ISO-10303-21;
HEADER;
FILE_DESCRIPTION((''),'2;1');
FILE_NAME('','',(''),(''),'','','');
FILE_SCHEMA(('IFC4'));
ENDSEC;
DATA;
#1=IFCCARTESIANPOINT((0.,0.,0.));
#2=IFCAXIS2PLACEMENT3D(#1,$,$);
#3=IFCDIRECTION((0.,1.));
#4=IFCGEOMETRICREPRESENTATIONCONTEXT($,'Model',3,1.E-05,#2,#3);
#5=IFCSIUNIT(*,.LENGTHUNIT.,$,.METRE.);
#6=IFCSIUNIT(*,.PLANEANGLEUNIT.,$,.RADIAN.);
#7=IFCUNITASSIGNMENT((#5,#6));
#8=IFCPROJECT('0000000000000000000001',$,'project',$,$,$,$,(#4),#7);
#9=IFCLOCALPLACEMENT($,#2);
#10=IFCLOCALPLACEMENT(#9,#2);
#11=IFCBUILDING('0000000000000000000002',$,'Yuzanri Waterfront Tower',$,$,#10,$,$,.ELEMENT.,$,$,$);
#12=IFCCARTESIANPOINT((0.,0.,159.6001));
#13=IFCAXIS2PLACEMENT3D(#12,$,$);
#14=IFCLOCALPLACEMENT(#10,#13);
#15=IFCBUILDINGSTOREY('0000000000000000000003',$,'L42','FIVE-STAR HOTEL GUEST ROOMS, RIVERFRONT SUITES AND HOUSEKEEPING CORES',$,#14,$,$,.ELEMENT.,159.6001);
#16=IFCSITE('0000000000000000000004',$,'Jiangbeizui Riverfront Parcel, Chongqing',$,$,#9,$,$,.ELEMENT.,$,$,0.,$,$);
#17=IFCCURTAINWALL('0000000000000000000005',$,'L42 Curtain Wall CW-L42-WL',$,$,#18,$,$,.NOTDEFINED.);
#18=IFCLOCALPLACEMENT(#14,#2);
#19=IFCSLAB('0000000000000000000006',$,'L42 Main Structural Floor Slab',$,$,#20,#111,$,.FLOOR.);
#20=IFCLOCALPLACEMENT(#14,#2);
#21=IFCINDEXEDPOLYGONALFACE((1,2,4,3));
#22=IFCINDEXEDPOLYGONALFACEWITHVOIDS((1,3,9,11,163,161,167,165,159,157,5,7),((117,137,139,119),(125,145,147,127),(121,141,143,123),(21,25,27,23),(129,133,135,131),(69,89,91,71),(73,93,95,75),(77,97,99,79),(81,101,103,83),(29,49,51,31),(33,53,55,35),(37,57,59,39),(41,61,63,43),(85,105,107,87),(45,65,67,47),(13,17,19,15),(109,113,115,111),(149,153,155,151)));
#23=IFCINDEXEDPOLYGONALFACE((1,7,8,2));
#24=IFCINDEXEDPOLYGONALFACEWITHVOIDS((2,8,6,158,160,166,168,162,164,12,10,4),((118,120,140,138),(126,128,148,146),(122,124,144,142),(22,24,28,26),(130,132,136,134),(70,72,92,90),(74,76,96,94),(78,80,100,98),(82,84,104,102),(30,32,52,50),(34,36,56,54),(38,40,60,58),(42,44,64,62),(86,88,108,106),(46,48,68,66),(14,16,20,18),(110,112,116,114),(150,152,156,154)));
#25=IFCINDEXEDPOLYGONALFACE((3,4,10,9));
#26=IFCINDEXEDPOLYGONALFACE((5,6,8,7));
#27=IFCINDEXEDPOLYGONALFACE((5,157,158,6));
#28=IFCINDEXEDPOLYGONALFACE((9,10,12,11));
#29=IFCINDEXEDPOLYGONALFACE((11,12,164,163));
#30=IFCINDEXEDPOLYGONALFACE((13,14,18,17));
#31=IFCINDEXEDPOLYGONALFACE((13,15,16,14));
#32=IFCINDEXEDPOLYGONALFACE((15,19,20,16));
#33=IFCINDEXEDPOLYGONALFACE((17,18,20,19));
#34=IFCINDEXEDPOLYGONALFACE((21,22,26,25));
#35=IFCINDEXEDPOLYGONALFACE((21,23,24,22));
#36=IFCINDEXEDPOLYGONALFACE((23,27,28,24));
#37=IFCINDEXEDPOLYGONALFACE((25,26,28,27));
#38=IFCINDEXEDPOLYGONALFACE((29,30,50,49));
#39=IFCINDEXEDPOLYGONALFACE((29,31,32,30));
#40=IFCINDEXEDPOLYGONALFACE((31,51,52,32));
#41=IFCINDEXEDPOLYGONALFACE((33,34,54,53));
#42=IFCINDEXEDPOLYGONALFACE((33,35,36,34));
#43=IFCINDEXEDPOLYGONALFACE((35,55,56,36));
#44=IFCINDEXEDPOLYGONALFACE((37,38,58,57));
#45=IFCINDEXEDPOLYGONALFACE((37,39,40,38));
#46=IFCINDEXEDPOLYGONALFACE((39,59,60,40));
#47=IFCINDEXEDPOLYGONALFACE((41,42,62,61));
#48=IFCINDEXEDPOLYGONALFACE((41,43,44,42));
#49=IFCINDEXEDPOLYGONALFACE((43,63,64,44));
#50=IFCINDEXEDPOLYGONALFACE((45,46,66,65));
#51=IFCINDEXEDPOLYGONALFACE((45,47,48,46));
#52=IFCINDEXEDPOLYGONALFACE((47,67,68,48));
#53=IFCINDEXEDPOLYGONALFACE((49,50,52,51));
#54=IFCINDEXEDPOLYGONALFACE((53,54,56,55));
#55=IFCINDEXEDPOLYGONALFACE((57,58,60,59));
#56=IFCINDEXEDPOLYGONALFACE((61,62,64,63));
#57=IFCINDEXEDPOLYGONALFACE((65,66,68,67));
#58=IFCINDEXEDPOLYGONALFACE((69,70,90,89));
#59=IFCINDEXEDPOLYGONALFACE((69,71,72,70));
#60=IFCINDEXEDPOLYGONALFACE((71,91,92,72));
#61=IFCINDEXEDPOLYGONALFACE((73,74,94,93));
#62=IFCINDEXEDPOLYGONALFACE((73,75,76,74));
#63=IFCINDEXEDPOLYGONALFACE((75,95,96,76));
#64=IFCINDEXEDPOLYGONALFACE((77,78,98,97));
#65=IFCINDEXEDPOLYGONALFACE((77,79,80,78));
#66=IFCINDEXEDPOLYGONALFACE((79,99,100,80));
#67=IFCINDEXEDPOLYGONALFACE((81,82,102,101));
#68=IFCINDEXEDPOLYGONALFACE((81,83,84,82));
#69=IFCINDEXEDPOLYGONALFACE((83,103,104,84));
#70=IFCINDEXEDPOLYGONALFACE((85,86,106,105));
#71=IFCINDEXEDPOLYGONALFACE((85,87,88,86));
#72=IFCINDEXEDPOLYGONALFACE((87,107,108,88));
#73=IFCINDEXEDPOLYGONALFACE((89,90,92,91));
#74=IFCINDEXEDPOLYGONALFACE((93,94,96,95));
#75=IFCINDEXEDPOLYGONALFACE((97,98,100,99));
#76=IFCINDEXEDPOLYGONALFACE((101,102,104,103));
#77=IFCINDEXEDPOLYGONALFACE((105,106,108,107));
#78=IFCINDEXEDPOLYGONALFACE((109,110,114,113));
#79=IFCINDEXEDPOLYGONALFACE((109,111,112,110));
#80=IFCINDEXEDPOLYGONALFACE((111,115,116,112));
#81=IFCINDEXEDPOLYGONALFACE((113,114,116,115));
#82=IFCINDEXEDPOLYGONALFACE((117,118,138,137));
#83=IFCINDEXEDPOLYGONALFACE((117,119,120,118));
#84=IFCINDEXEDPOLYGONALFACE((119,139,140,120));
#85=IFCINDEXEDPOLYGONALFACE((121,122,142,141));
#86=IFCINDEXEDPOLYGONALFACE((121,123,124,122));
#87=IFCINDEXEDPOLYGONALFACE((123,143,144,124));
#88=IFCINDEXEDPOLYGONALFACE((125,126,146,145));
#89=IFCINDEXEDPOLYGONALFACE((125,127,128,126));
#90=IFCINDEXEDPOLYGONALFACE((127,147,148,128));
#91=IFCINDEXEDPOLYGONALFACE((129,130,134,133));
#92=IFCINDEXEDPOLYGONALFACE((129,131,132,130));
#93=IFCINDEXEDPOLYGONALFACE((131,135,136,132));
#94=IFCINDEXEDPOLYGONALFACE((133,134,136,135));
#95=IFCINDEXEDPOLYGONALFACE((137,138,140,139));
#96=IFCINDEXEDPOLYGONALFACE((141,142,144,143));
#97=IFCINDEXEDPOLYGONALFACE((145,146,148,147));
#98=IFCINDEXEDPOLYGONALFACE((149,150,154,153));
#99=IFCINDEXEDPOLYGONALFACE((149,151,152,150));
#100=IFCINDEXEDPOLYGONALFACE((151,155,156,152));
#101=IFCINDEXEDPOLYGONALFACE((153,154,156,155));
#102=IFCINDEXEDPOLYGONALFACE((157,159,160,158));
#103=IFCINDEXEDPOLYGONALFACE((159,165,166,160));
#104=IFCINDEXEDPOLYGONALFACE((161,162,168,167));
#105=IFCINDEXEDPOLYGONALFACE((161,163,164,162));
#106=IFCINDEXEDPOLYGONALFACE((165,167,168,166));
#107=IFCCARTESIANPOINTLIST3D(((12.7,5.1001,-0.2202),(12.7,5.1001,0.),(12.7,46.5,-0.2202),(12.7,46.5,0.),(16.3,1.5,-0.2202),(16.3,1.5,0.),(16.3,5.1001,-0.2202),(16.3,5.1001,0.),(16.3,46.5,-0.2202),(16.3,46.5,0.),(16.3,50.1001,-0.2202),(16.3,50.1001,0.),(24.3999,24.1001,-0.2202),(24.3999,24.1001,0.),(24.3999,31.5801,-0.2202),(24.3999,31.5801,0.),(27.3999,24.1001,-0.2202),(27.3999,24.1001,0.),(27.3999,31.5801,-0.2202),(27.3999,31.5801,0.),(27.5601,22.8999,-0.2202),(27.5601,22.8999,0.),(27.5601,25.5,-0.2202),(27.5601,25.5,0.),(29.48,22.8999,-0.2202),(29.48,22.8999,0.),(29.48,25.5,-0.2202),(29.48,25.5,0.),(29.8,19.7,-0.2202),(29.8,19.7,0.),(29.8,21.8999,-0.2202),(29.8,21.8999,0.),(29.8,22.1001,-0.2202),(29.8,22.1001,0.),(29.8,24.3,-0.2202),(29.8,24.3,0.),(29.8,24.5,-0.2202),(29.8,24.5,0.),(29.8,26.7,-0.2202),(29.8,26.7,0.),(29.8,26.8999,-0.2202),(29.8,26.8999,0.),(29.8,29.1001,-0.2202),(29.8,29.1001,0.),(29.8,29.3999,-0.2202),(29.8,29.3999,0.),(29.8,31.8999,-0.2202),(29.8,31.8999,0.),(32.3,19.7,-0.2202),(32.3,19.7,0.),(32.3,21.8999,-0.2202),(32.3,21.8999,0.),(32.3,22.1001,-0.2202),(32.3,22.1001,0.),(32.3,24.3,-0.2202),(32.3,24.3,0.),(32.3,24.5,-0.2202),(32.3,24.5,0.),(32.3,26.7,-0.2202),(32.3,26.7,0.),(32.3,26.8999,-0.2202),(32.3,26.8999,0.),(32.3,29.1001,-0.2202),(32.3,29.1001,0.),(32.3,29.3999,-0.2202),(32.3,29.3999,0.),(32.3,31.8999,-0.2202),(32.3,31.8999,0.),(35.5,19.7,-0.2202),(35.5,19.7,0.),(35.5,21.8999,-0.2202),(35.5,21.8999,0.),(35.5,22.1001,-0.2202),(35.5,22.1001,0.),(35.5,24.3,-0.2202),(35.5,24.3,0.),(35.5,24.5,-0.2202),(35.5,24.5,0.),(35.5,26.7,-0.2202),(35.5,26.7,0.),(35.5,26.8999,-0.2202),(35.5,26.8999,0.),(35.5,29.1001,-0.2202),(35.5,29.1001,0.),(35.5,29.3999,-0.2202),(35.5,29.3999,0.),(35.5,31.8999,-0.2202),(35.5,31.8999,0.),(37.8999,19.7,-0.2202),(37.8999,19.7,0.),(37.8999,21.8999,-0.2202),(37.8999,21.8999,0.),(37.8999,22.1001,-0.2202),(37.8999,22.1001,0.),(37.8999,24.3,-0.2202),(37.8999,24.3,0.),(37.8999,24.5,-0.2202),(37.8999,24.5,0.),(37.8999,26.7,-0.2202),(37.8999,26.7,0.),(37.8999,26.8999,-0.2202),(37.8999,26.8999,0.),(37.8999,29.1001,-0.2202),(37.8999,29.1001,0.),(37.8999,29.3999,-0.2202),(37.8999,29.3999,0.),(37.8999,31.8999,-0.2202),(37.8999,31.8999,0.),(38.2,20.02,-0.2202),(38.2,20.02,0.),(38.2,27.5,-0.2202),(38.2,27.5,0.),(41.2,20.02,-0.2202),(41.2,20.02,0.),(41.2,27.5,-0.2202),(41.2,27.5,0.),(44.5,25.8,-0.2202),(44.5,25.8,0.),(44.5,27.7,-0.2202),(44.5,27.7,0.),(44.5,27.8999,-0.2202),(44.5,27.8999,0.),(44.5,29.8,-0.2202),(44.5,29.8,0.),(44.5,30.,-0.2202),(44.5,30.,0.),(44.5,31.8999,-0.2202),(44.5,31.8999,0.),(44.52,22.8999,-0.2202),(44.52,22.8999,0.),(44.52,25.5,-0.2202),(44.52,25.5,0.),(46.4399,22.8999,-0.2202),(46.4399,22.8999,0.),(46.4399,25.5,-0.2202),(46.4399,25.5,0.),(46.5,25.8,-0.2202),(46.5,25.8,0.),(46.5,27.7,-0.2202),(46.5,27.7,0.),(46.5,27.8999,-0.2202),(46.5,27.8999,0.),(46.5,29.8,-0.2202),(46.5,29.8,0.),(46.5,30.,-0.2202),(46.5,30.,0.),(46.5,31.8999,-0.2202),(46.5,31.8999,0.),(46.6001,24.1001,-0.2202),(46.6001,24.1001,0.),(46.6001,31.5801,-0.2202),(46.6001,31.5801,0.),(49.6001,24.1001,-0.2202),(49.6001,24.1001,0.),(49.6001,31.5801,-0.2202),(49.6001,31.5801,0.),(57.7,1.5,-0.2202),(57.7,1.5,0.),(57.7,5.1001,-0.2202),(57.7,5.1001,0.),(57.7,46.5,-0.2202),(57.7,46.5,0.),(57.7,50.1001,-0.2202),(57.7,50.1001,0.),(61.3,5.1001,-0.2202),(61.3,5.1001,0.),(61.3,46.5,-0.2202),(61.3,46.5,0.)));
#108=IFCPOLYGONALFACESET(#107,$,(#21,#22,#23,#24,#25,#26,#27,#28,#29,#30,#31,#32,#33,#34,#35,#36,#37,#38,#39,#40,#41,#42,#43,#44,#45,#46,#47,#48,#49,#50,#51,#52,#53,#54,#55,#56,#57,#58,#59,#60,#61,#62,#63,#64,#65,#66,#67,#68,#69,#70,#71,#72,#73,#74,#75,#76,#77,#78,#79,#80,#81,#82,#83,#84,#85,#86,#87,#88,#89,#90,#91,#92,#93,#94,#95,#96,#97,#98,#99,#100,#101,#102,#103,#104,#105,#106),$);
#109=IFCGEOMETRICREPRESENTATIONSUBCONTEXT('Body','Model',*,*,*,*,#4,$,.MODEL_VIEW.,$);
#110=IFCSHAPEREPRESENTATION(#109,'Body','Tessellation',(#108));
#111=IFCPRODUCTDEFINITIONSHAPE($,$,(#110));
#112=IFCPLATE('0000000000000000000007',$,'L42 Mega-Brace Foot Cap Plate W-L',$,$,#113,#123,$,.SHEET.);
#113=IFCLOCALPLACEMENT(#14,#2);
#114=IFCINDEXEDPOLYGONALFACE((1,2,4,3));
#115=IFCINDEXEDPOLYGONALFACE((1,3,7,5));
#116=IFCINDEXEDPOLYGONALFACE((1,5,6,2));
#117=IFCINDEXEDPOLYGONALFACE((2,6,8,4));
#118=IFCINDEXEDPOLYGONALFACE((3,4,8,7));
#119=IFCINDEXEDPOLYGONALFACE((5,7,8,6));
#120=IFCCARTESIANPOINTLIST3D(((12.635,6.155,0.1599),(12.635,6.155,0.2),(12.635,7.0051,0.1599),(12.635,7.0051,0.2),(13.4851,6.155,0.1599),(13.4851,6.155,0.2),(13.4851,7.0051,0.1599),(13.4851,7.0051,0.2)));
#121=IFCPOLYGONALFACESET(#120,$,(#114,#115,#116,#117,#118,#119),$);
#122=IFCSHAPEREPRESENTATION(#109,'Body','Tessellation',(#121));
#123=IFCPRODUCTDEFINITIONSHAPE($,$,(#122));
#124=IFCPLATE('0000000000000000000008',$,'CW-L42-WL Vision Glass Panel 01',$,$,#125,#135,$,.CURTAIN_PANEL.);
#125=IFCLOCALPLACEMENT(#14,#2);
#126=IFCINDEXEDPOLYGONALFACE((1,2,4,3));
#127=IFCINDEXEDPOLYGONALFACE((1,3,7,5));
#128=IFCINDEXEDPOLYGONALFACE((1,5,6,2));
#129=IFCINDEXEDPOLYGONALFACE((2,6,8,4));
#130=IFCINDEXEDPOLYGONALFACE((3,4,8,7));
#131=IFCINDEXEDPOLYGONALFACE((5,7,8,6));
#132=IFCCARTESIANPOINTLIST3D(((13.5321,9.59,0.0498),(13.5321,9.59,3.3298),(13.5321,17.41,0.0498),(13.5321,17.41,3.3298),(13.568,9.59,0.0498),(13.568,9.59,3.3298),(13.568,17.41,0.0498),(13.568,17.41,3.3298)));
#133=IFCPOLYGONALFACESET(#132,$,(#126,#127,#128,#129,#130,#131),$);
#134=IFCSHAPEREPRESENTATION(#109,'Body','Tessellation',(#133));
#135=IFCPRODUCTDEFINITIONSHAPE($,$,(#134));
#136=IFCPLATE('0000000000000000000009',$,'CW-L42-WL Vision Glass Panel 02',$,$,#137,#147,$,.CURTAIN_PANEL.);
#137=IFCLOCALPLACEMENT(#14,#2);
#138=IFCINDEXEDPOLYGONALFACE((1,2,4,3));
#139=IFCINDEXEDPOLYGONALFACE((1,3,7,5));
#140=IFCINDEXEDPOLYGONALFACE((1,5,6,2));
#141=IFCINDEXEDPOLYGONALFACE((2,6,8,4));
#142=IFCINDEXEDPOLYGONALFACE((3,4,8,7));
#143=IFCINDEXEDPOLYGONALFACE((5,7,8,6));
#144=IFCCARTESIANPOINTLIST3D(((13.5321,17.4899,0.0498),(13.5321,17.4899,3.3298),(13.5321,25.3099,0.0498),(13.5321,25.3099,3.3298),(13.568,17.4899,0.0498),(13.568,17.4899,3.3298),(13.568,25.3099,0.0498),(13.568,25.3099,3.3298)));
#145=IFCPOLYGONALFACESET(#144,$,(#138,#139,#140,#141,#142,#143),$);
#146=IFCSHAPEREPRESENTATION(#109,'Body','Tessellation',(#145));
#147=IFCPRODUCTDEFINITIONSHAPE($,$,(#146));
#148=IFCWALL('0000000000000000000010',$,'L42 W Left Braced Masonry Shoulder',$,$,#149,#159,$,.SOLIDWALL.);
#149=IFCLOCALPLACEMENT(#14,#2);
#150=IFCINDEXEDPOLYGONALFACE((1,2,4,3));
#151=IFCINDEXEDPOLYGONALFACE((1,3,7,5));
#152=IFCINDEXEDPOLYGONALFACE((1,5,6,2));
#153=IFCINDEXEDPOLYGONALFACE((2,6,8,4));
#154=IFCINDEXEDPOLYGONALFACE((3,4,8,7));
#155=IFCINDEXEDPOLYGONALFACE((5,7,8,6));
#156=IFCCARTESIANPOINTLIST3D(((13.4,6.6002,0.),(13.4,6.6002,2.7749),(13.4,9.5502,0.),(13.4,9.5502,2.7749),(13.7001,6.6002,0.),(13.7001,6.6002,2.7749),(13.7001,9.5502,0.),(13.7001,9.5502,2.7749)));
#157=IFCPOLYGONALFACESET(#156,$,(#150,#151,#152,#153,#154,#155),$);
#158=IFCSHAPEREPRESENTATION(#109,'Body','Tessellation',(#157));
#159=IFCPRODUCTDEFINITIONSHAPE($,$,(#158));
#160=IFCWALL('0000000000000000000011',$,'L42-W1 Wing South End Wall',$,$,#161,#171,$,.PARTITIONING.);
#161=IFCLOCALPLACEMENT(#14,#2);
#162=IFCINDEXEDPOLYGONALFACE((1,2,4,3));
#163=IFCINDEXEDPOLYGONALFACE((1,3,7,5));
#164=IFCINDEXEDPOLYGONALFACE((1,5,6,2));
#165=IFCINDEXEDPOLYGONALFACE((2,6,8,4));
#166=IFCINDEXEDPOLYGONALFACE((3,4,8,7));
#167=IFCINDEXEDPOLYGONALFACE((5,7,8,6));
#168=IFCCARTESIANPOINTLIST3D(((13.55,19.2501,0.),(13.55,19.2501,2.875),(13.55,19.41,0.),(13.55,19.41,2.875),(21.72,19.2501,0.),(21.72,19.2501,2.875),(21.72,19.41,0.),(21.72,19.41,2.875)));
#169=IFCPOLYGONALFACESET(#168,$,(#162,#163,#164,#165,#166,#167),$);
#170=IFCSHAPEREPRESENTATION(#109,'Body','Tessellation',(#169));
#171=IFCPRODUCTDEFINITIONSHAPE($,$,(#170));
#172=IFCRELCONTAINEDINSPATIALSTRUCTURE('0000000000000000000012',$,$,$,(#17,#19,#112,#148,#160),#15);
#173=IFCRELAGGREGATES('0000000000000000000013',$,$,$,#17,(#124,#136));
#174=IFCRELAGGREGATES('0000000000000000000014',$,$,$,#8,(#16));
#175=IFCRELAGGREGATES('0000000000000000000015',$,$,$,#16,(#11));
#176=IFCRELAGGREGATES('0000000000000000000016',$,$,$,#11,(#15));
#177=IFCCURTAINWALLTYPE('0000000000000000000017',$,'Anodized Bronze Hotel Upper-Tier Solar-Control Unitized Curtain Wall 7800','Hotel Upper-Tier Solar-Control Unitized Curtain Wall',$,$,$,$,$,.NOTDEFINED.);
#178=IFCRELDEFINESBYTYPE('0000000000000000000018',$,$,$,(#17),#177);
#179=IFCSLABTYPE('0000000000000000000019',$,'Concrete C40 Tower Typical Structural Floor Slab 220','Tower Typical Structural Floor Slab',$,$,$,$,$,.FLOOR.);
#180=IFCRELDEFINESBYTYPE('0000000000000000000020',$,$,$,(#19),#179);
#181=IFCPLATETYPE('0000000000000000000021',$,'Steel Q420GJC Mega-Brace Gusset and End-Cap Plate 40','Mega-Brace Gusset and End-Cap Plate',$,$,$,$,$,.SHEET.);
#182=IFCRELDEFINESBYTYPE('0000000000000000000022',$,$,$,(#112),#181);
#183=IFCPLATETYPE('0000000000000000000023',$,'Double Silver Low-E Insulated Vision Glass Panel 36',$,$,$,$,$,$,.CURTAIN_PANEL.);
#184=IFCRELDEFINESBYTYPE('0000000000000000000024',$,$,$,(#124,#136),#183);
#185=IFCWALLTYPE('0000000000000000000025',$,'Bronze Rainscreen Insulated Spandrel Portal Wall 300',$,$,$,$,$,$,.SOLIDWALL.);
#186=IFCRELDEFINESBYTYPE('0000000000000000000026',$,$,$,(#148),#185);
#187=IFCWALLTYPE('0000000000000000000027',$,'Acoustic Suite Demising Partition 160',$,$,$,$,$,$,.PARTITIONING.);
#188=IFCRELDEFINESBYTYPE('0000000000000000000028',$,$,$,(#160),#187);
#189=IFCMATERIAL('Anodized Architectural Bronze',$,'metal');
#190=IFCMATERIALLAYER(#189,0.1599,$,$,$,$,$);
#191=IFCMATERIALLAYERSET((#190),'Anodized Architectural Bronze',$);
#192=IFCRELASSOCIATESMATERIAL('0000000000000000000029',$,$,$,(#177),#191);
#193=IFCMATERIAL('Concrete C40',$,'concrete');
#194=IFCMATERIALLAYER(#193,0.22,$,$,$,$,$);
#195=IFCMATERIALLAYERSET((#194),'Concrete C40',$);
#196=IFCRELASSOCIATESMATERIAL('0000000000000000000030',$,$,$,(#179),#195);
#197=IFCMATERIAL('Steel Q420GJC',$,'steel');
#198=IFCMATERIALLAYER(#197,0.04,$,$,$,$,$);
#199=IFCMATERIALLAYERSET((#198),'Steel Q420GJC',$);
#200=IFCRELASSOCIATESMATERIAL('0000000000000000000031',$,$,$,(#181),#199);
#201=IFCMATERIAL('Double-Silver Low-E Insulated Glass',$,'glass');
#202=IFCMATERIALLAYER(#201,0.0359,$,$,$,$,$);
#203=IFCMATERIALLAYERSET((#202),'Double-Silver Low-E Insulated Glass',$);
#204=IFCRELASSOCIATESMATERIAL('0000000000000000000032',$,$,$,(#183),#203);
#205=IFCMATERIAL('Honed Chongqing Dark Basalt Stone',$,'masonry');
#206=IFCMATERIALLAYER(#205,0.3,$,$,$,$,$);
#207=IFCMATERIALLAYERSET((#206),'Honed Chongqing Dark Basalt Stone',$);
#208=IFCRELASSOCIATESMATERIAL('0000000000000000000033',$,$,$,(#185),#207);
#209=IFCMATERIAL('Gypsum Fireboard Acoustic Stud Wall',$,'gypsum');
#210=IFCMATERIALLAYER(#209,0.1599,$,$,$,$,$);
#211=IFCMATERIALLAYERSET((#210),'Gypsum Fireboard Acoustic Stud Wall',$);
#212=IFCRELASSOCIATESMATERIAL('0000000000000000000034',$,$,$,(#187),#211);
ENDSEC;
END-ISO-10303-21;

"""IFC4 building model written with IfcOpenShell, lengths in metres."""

from ifc_helpers import new_model, si_unit, direction, frame, frame_2d, origin, origin_2d, place, context, subcontext, project, spatial, polyline, rectangle, outline, extrude, source, transform, mapped, material, layer, layer_set, type_object, element, aggregate, save


model = new_model("IFC4")

# Units and contexts
model_context = context("Model", 3, precision=1e-05, world=origin(), true_north=direction((0.0, 1.0)))
body_context = subcontext(model_context, "Body", "Model", "MODEL_VIEW")
ifc_project = project(units=[si_unit("LENGTHUNIT", "METRE"), si_unit("PLANEANGLEUNIT", "RADIAN")], contexts=[model_context])

# Site, building, storey
site_placement = place(None, origin())
site = spatial("IfcSite", under=ifc_project, at=site_placement, Name="Jiangbeizui Riverfront Parcel, Chongqing", CompositionType="ELEMENT", RefElevation=0.0)
building_placement = place(site_placement, origin())
building = spatial("IfcBuilding", under=site, at=building_placement, Name="Yuzanri Waterfront Tower", CompositionType="ELEMENT")
storey_placement = place(building_placement, frame((0.0, 0.0, 159.6001)))
storey = spatial("IfcBuildingStorey", under=building, at=storey_placement, Name="L42", Description="FIVE-STAR HOTEL GUEST ROOMS, RIVERFRONT SUITES AND HOUSEKEEPING CORES", CompositionType="ELEMENT", Elevation=159.6001)

# Curtain wall
ifc_material_1 = material(Name="Anodized Architectural Bronze", Category="metal")
ifc_layer_1 = layer(ifc_material_1, 0.1599)
ifc_layer_set_1 = layer_set([ifc_layer_1], Name="Anodized Architectural Bronze")
curtain_wall_type = type_object("IfcCurtainWallType", Name="Anodized Bronze Hotel Upper-Tier Solar-Control Unitized Curtain Wall 7800", Description="Hotel Upper-Tier Solar-Control Unitized Curtain Wall", PredefinedType="NOTDEFINED", material=ifc_layer_set_1)
curtain_wall_placement = place(storey_placement, origin())
curtain_wall = element("IfcCurtainWall", 1, at=curtain_wall_placement, inside=storey, type_object=curtain_wall_type, Name="L42 Curtain Wall CW-L42-WL", PredefinedType="NOTDEFINED")

# Slab
ifc_material_2 = material(Name="Concrete C40", Category="concrete")
ifc_layer_2 = layer(ifc_material_2, 0.22)
ifc_layer_set_2 = layer_set([ifc_layer_2], Name="Concrete C40")
slab_type_1 = type_object("IfcSlabType", Name="Concrete C40 Tower Typical Structural Floor Slab 220", Description="Tower Typical Structural Floor Slab", PredefinedType="FLOOR", material=ifc_layer_set_2)
slab_1_placement = place(storey_placement, frame((0.0, 0.0, -0.2202)))
element("IfcSlab", 2, at=slab_1_placement, inside=storey, type_object=slab_type_1, Name="L42 Main Structural Floor Slab", PredefinedType="FLOOR", context=body_context, shape_type="SweptSolid", body=[
    extrude(outline(polyline([(16.3, 1.5), (57.7, 1.5), (57.7, 5.1001), (61.3, 5.1001), (61.3, 46.5), (57.7, 46.5), (57.7, 50.1001), (16.3, 50.1001), (16.3, 46.5), (12.7, 46.5), (12.7, 5.1001), (16.3, 5.1001), (16.3, 1.5)]), holes=[polyline([(27.3999, 24.1001), (27.3999, 31.5801), (24.3999, 31.5801), (24.3999, 24.1001), (27.3999, 24.1001)]), polyline([(49.6001, 24.1001), (49.6001, 31.5801), (46.6001, 31.5801), (46.6001, 24.1001), (49.6001, 24.1001)]), polyline([(38.2, 27.5), (38.2, 20.02), (41.2, 20.02), (41.2, 27.5), (38.2, 27.5)]), polyline([(27.5601, 22.8999), (29.48, 22.8999), (29.48, 25.5), (27.5601, 25.5), (27.5601, 22.8999)]), polyline([(44.52, 22.8999), (46.4399, 22.8999), (46.4399, 25.5), (44.52, 25.5), (44.52, 22.8999)]), polyline([(29.8, 19.7), (32.3, 19.7), (32.3, 21.8999), (29.8, 21.8999), (29.8, 19.7)]), polyline([(29.8, 22.1001), (32.3, 22.1001), (32.3, 24.3), (29.8, 24.3), (29.8, 22.1001)]), polyline([(29.8, 24.5), (32.3, 24.5), (32.3, 26.7), (29.8, 26.7), (29.8, 24.5)]), polyline([(29.8, 26.8999), (32.3, 26.8999), (32.3, 29.1001), (29.8, 29.1001), (29.8, 26.8999)]), polyline([(29.8, 29.3999), (32.3, 29.3999), (32.3, 31.8999), (29.8, 31.8999), (29.8, 29.3999)]), polyline([(35.5, 19.7), (37.8999, 19.7), (37.8999, 21.8999), (35.5, 21.8999), (35.5, 19.7)]), polyline([(35.5, 22.1001), (37.8999, 22.1001), (37.8999, 24.3), (35.5, 24.3), (35.5, 22.1001)]), polyline([(35.5, 24.5), (37.8999, 24.5), (37.8999, 26.7), (35.5, 26.7), (35.5, 24.5)]), polyline([(35.5, 26.8999), (37.8999, 26.8999), (37.8999, 29.1001), (35.5, 29.1001), (35.5, 26.8999)]), polyline([(35.5, 29.3999), (37.8999, 29.3999), (37.8999, 31.8999), (35.5, 31.8999), (35.5, 29.3999)]), polyline([(44.5, 25.8), (46.5, 25.8), (46.5, 27.7), (44.5, 27.7), (44.5, 25.8)]), polyline([(44.5, 27.8999), (46.5, 27.8999), (46.5, 29.8), (44.5, 29.8), (44.5, 27.8999)]), polyline([(44.5, 30.0), (46.5, 30.0), (46.5, 31.8999), (44.5, 31.8999), (44.5, 30.0)])]), origin(), (0.0, 0.0, 1.0), 0.2202),
])

# Plates
ifc_material_3 = material(Name="Steel Q420GJC", Category="steel")
ifc_layer_3 = layer(ifc_material_3, 0.04)
ifc_layer_set_3 = layer_set([ifc_layer_3], Name="Steel Q420GJC")
plate_type_1 = type_object("IfcPlateType", Name="Steel Q420GJC Mega-Brace Gusset and End-Cap Plate 40", Description="Mega-Brace Gusset and End-Cap Plate", PredefinedType="SHEET", material=ifc_layer_set_3)
shared_shape_1 = source(origin(), body_context, "Body", "SweptSolid", [
    extrude(rectangle(XDim=0.8501, YDim=0.8501, at=origin_2d()), origin(), (0.0, 0.0, 1.0), 0.04),
])
plate_1_placement = place(storey_placement, frame((13.0601, 6.5801, 0.1599), z_axis=(0.0, 0.0, 1.0), x_axis=(1.0, 0.0, 0.0)))
element("IfcPlate", 3, at=plate_1_placement, inside=storey, type_object=plate_type_1, Name="L42 Mega-Brace Foot Cap Plate W-L", PredefinedType="SHEET", context=body_context, shape_type="MappedRepresentation", body=[
    mapped(shared_shape_1, transform((0.0, 0.0, 0.0), scale=1.0)),
])
ifc_material_4 = material(Name="Double-Silver Low-E Insulated Glass", Category="glass")
ifc_layer_4 = layer(ifc_material_4, 0.0359)
ifc_layer_set_4 = layer_set([ifc_layer_4], Name="Double-Silver Low-E Insulated Glass")
plate_type_2 = type_object("IfcPlateType", Name="Double Silver Low-E Insulated Vision Glass Panel 36", PredefinedType="CURTAIN_PANEL", material=ifc_layer_set_4)
shared_shape_2 = source(origin(), body_context, "Body", "SweptSolid", [
    extrude(rectangle(XDim=7.8201, YDim=0.0359, at=origin_2d()), origin(), (0.0, 0.0, 1.0), 3.28),
])
plate_2_placement = place(storey_placement, frame((13.55, 13.5, 0.0498), z_axis=(0.0, 0.0, 1.0), x_axis=(0.0, 1.0, 0.0)))
plate_2 = element("IfcPlate", 4, at=plate_2_placement, type_object=plate_type_2, Name="CW-L42-WL Vision Glass Panel 01", PredefinedType="CURTAIN_PANEL", context=body_context, shape_type="MappedRepresentation", body=[
    mapped(shared_shape_2, transform((0.0, 0.0, 0.0), scale=1.0)),
])
plate_3_placement = place(storey_placement, frame((13.55, 21.3999, 0.0498), z_axis=(0.0, 0.0, 1.0), x_axis=(0.0, 1.0, 0.0)))
plate_3 = element("IfcPlate", 5, at=plate_3_placement, type_object=plate_type_2, Name="CW-L42-WL Vision Glass Panel 02", PredefinedType="CURTAIN_PANEL", context=body_context, shape_type="MappedRepresentation", body=[
    mapped(shared_shape_2, transform((0.0, 0.0, 0.0), scale=1.0)),
])
aggregate(curtain_wall, [plate_2, plate_3])

# Walls
ifc_material_5 = material(Name="Honed Chongqing Dark Basalt Stone", Category="masonry")
ifc_layer_5 = layer(ifc_material_5, 0.3)
ifc_layer_set_5 = layer_set([ifc_layer_5], Name="Honed Chongqing Dark Basalt Stone")
wall_type_1 = type_object("IfcWallType", Name="Bronze Rainscreen Insulated Spandrel Portal Wall 300", PredefinedType="SOLIDWALL", material=ifc_layer_set_5)
shared_shape_3 = source(origin(), body_context, "Body", "SweptSolid", [
    extrude(rectangle(XDim=2.95, YDim=0.3, at=frame_2d((1.4751, 0.0))), origin(), (0.0, 0.0, 1.0), 2.7749),
])
wall_1_placement = place(storey_placement, frame((13.55, 6.6001, 0.0), z_axis=(0.0, 0.0, 1.0), x_axis=(0.0, 1.0, 0.0)))
element("IfcWall", 6, at=wall_1_placement, inside=storey, type_object=wall_type_1, Name="L42 W Left Braced Masonry Shoulder", PredefinedType="SOLIDWALL", context=body_context, shape_type="MappedRepresentation", body=[
    mapped(shared_shape_3, transform((0.0, 0.0, 0.0), scale=1.0)),
])
ifc_material_6 = material(Name="Gypsum Fireboard Acoustic Stud Wall", Category="gypsum")
ifc_layer_6 = layer(ifc_material_6, 0.1599)
ifc_layer_set_6 = layer_set([ifc_layer_6], Name="Gypsum Fireboard Acoustic Stud Wall")
wall_type_2 = type_object("IfcWallType", Name="Acoustic Suite Demising Partition 160", PredefinedType="PARTITIONING", material=ifc_layer_set_6)
shared_shape_4 = source(origin(), body_context, "Body", "SweptSolid", [
    extrude(rectangle(XDim=8.1699, YDim=0.1599, at=frame_2d((4.085, 0.0))), origin(), (0.0, 0.0, 1.0), 2.875),
])
wall_2_placement = place(storey_placement, frame((13.55, 19.3301, 0.0), z_axis=(0.0, 0.0, 1.0), x_axis=(1.0, 0.0, 0.0)))
element("IfcWall", 7, at=wall_2_placement, inside=storey, type_object=wall_type_2, Name="L42-W1 Wing South End Wall", PredefinedType="PARTITIONING", context=body_context, shape_type="MappedRepresentation", body=[
    mapped(shared_shape_4, transform((0.0, 0.0, 0.0), scale=1.0)),
])

save(model, "model.ifc")
